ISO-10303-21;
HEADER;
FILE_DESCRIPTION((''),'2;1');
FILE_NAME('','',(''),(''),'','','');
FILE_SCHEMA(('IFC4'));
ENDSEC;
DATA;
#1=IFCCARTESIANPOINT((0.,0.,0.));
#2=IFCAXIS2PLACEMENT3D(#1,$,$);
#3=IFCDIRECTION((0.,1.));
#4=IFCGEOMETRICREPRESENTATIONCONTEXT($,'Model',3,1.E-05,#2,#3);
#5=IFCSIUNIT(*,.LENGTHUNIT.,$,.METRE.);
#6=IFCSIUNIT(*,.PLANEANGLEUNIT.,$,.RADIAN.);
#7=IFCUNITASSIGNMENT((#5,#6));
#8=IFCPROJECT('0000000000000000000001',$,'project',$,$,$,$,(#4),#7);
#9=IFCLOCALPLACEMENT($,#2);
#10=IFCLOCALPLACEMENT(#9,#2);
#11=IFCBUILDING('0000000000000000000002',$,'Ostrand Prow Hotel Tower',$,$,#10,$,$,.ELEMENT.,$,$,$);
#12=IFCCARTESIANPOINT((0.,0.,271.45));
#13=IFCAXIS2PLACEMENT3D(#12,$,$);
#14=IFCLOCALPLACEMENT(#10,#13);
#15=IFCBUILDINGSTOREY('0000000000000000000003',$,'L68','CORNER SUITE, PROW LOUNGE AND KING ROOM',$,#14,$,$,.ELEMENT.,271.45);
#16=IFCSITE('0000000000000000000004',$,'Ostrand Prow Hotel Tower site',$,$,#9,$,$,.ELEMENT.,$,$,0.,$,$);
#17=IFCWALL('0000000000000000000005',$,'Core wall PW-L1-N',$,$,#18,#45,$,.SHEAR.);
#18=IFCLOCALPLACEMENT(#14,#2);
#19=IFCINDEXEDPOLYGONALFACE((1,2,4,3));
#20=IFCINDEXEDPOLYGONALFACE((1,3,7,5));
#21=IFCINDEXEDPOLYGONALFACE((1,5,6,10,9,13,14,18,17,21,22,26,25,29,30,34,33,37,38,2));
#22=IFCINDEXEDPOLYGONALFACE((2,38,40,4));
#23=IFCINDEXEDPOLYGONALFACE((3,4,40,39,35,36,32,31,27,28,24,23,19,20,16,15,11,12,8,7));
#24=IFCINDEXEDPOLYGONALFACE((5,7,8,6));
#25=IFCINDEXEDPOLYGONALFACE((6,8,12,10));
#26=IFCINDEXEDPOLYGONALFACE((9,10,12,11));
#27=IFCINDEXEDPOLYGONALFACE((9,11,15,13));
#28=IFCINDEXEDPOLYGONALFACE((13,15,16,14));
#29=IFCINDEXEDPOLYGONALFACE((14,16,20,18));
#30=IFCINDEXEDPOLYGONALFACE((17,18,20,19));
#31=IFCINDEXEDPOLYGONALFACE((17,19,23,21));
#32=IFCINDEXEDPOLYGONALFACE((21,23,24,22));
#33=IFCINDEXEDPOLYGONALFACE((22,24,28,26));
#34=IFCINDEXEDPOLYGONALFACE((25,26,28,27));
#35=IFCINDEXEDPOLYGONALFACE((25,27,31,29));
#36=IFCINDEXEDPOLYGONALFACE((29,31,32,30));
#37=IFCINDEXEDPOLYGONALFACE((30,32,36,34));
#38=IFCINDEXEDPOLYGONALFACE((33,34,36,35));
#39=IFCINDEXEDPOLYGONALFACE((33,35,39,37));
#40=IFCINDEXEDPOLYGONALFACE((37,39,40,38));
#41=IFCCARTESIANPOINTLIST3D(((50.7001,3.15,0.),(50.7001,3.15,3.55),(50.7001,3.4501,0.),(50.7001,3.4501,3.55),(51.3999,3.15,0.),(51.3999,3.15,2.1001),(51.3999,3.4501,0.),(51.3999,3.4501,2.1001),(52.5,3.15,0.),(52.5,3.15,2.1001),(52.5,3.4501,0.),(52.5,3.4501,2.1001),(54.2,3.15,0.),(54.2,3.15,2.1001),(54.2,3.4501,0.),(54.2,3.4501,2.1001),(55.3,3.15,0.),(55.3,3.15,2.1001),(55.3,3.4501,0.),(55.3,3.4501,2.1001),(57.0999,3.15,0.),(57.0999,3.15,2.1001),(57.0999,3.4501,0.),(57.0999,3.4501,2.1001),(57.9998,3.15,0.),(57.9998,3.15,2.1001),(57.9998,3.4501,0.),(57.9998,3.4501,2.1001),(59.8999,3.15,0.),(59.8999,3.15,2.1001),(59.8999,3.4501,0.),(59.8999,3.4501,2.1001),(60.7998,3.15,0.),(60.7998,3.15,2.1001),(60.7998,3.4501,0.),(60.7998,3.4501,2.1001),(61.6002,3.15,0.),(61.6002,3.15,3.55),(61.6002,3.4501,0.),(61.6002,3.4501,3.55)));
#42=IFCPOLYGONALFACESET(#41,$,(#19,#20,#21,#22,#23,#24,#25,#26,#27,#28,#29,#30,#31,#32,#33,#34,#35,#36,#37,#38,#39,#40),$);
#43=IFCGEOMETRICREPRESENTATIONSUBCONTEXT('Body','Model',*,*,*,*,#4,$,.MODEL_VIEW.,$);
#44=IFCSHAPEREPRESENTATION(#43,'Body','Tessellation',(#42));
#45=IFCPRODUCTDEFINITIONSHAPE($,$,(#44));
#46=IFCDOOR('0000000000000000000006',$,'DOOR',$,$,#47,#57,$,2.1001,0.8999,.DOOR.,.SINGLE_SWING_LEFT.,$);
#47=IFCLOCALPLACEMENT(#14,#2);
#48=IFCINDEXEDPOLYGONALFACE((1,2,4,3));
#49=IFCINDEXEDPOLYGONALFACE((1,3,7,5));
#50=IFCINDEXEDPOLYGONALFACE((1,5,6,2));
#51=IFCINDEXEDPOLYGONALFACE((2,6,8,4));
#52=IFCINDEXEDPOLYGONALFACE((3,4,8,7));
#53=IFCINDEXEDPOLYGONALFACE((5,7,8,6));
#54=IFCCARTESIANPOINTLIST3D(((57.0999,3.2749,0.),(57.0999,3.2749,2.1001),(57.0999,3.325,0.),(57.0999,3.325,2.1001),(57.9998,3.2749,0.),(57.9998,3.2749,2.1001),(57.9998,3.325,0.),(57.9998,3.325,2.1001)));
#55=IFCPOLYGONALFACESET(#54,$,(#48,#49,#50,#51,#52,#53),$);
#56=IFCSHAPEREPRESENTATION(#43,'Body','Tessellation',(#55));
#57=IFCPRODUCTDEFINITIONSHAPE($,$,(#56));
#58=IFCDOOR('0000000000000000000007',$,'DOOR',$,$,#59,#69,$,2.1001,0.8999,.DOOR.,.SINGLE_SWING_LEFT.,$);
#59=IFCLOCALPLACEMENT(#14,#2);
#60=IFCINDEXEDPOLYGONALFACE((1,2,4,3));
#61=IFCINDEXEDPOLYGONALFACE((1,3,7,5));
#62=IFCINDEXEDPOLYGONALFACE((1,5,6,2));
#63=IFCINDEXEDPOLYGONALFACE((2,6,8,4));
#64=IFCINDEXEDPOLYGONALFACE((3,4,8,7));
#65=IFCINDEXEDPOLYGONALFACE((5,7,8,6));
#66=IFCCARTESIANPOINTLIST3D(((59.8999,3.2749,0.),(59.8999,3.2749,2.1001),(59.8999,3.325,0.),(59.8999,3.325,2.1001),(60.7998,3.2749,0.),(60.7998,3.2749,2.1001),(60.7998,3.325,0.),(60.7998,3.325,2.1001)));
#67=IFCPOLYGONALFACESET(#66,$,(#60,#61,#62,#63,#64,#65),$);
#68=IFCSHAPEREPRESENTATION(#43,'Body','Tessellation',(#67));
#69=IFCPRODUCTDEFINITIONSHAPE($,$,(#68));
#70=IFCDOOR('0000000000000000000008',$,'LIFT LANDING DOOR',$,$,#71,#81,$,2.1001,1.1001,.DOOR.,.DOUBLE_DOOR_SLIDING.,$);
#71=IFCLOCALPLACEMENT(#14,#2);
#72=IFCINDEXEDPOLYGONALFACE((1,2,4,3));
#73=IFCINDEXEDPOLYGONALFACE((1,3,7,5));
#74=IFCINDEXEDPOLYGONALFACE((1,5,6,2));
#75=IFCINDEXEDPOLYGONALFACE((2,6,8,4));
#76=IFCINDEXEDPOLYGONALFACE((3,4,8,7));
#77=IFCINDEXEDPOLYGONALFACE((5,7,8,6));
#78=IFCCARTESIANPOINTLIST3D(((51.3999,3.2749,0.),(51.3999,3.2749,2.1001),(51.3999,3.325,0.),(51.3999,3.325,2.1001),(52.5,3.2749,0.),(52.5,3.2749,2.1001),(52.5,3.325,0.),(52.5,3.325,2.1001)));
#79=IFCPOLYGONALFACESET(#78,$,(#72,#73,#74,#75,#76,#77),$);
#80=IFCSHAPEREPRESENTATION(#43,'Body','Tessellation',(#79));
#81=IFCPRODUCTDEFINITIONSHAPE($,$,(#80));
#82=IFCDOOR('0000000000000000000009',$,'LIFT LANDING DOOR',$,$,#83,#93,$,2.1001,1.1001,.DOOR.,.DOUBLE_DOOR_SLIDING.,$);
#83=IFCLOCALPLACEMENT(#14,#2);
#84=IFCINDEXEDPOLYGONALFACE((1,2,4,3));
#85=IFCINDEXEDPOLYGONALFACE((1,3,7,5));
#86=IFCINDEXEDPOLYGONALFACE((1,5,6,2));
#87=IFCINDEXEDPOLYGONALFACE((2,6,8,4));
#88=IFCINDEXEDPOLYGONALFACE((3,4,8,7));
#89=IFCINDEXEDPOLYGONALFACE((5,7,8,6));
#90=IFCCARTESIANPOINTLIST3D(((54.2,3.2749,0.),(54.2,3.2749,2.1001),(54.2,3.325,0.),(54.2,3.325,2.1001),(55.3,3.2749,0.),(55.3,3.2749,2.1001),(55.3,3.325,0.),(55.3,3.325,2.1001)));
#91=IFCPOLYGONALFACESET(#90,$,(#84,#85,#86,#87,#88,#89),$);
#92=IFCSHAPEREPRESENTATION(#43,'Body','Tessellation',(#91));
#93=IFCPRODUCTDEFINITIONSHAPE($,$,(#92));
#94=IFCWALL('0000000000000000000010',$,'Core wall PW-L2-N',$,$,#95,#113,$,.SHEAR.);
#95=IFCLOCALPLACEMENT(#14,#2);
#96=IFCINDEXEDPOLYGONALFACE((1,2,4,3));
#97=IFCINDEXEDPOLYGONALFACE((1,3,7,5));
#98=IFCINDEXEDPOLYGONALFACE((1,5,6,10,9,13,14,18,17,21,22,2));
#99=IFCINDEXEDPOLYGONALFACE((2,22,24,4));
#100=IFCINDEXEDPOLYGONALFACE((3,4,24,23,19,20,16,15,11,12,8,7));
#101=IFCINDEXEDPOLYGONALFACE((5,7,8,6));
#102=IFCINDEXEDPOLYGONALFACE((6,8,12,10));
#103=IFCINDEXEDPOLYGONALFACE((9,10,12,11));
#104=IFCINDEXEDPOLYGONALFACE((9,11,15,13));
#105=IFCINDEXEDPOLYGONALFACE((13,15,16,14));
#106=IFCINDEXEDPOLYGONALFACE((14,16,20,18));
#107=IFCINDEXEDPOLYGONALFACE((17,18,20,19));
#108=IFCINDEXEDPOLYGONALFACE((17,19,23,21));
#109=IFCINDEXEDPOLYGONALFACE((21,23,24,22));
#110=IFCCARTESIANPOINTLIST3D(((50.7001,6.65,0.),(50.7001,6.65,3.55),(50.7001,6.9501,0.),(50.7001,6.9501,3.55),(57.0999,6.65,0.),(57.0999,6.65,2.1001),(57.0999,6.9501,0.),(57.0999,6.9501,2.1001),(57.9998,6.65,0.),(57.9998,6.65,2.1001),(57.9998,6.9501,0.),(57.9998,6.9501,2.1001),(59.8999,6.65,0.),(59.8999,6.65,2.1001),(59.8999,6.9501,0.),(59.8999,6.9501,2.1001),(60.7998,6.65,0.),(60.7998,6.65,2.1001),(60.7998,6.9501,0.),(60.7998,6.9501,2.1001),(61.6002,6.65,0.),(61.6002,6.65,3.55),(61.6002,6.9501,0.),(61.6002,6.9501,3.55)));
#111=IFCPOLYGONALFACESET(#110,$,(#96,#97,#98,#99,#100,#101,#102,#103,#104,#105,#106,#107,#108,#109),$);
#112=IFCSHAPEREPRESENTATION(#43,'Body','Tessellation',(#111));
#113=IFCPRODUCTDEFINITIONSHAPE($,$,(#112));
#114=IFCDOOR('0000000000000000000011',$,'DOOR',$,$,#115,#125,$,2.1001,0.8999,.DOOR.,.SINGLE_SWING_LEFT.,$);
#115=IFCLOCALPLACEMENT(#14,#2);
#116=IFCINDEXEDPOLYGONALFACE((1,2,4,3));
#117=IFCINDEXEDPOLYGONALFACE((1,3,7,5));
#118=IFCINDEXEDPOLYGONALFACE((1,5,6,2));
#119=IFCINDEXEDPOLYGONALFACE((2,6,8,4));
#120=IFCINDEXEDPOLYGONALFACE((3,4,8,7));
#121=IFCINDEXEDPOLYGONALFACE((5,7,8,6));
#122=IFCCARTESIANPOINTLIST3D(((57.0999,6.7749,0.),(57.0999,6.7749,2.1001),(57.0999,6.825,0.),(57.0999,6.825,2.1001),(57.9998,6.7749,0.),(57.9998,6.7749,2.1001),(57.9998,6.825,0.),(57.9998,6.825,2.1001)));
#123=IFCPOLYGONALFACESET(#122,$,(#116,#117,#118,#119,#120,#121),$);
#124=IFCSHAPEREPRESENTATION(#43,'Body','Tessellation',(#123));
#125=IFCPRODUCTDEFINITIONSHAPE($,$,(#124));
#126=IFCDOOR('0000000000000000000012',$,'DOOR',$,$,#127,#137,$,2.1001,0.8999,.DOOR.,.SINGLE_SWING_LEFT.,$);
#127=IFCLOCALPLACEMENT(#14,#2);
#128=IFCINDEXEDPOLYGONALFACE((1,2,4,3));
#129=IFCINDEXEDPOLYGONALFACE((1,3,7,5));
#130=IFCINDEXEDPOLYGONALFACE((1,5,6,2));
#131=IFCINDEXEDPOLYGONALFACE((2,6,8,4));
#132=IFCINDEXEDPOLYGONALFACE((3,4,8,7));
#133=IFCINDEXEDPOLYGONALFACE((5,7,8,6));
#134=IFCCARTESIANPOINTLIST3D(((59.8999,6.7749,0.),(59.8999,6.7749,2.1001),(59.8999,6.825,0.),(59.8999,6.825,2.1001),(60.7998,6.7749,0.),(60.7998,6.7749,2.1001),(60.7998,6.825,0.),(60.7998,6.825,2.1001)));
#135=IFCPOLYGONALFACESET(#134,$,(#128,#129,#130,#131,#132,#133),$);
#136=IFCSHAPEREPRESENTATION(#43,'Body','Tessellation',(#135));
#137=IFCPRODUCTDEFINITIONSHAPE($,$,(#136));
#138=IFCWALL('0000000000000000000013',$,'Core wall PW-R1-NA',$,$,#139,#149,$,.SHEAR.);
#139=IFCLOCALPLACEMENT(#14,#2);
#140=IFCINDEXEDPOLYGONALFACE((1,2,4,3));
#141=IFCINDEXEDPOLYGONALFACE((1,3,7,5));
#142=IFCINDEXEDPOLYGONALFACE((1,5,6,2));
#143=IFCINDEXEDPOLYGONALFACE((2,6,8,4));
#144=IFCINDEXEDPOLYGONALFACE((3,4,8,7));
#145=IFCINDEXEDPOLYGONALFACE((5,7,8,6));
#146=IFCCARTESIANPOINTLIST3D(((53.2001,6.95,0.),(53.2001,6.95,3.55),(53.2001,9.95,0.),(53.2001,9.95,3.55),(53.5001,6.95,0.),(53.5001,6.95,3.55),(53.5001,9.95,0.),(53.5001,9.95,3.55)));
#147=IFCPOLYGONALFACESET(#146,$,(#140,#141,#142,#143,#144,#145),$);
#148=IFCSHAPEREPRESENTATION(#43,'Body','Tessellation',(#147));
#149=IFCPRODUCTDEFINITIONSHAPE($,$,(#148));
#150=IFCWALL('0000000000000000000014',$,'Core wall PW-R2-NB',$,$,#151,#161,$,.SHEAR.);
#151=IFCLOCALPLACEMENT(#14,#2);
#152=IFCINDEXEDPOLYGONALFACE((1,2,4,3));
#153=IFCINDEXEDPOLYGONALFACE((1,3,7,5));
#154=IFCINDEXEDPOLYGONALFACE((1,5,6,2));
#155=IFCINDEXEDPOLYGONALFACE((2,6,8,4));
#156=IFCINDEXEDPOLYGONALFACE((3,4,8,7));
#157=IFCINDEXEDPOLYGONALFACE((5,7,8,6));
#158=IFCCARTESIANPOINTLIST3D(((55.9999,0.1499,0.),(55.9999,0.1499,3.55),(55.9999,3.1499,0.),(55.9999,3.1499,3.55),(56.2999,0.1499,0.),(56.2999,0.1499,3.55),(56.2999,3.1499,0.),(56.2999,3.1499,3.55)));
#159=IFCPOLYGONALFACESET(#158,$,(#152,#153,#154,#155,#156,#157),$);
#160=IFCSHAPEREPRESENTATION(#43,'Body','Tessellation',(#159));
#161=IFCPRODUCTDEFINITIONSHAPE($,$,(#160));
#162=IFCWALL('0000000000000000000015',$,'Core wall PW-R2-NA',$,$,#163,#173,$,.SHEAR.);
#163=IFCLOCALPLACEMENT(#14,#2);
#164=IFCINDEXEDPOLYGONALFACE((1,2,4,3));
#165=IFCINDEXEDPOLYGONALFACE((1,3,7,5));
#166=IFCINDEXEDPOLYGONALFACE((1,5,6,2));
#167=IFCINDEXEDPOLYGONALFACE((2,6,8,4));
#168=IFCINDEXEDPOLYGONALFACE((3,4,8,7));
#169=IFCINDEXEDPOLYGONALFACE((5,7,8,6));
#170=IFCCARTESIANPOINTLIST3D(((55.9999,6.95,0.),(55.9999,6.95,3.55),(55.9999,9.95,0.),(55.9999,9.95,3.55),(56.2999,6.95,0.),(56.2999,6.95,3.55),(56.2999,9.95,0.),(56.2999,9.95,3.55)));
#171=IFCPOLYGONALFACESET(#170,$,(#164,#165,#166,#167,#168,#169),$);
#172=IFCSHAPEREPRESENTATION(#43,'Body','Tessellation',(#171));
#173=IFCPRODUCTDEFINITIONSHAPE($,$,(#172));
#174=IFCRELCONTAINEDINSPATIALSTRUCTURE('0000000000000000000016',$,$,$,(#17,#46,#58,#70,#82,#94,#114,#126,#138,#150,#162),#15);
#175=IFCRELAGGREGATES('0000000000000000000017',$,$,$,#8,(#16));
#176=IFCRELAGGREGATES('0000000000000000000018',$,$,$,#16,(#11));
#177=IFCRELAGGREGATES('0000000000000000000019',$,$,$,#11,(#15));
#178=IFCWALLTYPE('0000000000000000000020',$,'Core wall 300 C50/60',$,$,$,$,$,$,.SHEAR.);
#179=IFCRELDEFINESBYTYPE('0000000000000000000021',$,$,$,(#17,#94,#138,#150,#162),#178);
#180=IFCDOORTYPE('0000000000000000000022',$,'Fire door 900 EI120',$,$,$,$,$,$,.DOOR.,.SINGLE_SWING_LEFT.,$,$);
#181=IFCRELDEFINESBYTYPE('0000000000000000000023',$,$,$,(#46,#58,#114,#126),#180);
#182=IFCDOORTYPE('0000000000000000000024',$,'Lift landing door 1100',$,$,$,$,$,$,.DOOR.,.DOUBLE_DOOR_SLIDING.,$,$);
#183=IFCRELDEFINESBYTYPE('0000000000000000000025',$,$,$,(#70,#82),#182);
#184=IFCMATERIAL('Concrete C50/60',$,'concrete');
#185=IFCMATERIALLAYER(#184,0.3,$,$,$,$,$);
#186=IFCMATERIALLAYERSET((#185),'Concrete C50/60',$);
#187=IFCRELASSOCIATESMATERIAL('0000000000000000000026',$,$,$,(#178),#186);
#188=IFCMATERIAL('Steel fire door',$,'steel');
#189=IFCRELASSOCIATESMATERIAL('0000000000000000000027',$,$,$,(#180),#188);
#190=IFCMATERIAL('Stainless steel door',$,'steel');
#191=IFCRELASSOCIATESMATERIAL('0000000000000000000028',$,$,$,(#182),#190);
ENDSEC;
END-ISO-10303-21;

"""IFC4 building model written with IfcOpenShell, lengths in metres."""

from ifc_helpers import new_model, si_unit, direction, frame, frame_2d, origin, place, context, subcontext, project, spatial, rectangle, extrude, material, layer, layer_set, type_object, element, fill, save


model = new_model("IFC4")

# Units and contexts
model_context = context("Model", 3, precision=1e-05, world=origin(), true_north=direction((0.0, 1.0)))
body_context = subcontext(model_context, "Body", "Model", "MODEL_VIEW")
ifc_project = project(units=[si_unit("LENGTHUNIT", "METRE"), si_unit("PLANEANGLEUNIT", "RADIAN")], contexts=[model_context])

# Site, building, storey
site_placement = place(None, origin())
site = spatial("IfcSite", under=ifc_project, at=site_placement, Name="Ostrand Prow Hotel Tower site", CompositionType="ELEMENT", RefElevation=0.0)
building_placement = place(site_placement, origin())
building = spatial("IfcBuilding", under=site, at=building_placement, Name="Ostrand Prow Hotel Tower", CompositionType="ELEMENT")
storey_placement = place(building_placement, frame((0.0, 0.0, 271.45)))
storey = spatial("IfcBuildingStorey", under=building, at=storey_placement, Name="L68", Description="CORNER SUITE, PROW LOUNGE AND KING ROOM", CompositionType="ELEMENT", Elevation=271.45)

# Walls, openings, doors
ifc_material_1 = material(Name="Concrete C50/60", Category="concrete")
ifc_layer_1 = layer(ifc_material_1, 0.3)
ifc_layer_set_1 = layer_set([ifc_layer_1], Name="Concrete C50/60")
wall_type_1 = type_object("IfcWallType", Name="Core wall 300 C50/60", PredefinedType="SHEAR", material=ifc_layer_set_1)
wall_1_placement = place(storey_placement, frame((50.7, 3.3, 0.0), z_axis=(0.0, 0.0, 1.0), x_axis=(1.0, 0.0, 0.0)))
wall_1 = element("IfcWall", 1, at=wall_1_placement, inside=storey, type_object=wall_type_1, Name="Core wall PW-L1-N", PredefinedType="SHEAR", context=body_context, shape_type="SweptSolid", body=[
    extrude(rectangle(XDim=10.9001, YDim=0.3, at=frame_2d((5.4502, 0.0))), origin(), (0.0, 0.0, 1.0), 3.55),
])
opening_1_placement = place(wall_1_placement, frame((0.7, 0.0, 0.0)))
opening_1 = element("IfcOpeningElement", 2, at=opening_1_placement, cuts=wall_1, PredefinedType="OPENING", context=body_context, shape_type="SweptSolid", body=[
    extrude(rectangle(XDim=1.1001, YDim=2.1001, at=frame_2d((0.55, 1.05))), frame((0.0, 0.1599, 0.0), z_axis=(0.0, -1.0, 0.0), x_axis=(1.0, 0.0, 0.0)), (0.0, 0.0, 1.0), 0.3201),
])
opening_2_placement = place(wall_1_placement, frame((3.5, 0.0, 0.0)))
opening_2 = element("IfcOpeningElement", 3, at=opening_2_placement, cuts=wall_1, PredefinedType="OPENING", context=body_context, shape_type="SweptSolid", body=[
    extrude(rectangle(XDim=1.1001, YDim=2.1001, at=frame_2d((0.55, 1.05))), frame((0.0, 0.1599, 0.0), z_axis=(0.0, -1.0, 0.0), x_axis=(1.0, 0.0, 0.0)), (0.0, 0.0, 1.0), 0.3201),
])
opening_3_placement = place(wall_1_placement, frame((6.3999, 0.0, 0.0)))
opening_3 = element("IfcOpeningElement", 4, at=opening_3_placement, cuts=wall_1, PredefinedType="OPENING", context=body_context, shape_type="SweptSolid", body=[
    extrude(rectangle(XDim=0.8999, YDim=2.1001, at=frame_2d((0.45, 1.05))), frame((0.0, 0.1599, 0.0), z_axis=(0.0, -1.0, 0.0), x_axis=(1.0, 0.0, 0.0)), (0.0, 0.0, 1.0), 0.3201),
])
opening_4_placement = place(wall_1_placement, frame((9.2, 0.0, 0.0)))
opening_4 = element("IfcOpeningElement", 5, at=opening_4_placement, cuts=wall_1, PredefinedType="OPENING", context=body_context, shape_type="SweptSolid", body=[
    extrude(rectangle(XDim=0.8999, YDim=2.1001, at=frame_2d((0.45, 1.05))), frame((0.0, 0.1599, 0.0), z_axis=(0.0, -1.0, 0.0), x_axis=(1.0, 0.0, 0.0)), (0.0, 0.0, 1.0), 0.3201),
])
ifc_material_2 = material(Name="Steel fire door", Category="steel")
door_type_1 = type_object("IfcDoorType", Name="Fire door 900 EI120", OperationType="SINGLE_SWING_LEFT", PredefinedType="DOOR", material=ifc_material_2)
door_1_placement = place(opening_3_placement, origin())
door_1 = element("IfcDoor", 6, at=door_1_placement, inside=storey, type_object=door_type_1, Name="DOOR", OperationType="SINGLE_SWING_LEFT", OverallHeight=2.1001, OverallWidth=0.8999, PredefinedType="DOOR", context=body_context, shape_type="SweptSolid", body=[
    extrude(rectangle(XDim=0.8999, YDim=2.1001, at=frame_2d((0.45, 1.05))), frame((0.0, 0.0249, 0.0), z_axis=(0.0, -1.0, 0.0), x_axis=(1.0, 0.0, 0.0)), (0.0, 0.0, 1.0), 0.05),
])
fill(opening_3, door_1)
door_2_placement = place(opening_4_placement, origin())
door_2 = element("IfcDoor", 7, at=door_2_placement, inside=storey, type_object=door_type_1, Name="DOOR", OperationType="SINGLE_SWING_LEFT", OverallHeight=2.1001, OverallWidth=0.8999, PredefinedType="DOOR", context=body_context, shape_type="SweptSolid", body=[
    extrude(rectangle(XDim=0.8999, YDim=2.1001, at=frame_2d((0.45, 1.05))), frame((0.0, 0.0249, 0.0), z_axis=(0.0, -1.0, 0.0), x_axis=(1.0, 0.0, 0.0)), (0.0, 0.0, 1.0), 0.05),
])
fill(opening_4, door_2)
ifc_material_3 = material(Name="Stainless steel door", Category="steel")
door_type_2 = type_object("IfcDoorType", Name="Lift landing door 1100", OperationType="DOUBLE_DOOR_SLIDING", PredefinedType="DOOR", material=ifc_material_3)
door_3_placement = place(opening_1_placement, origin())
door_3 = element("IfcDoor", 8, at=door_3_placement, inside=storey, type_object=door_type_2, Name="LIFT LANDING DOOR", OperationType="DOUBLE_DOOR_SLIDING", OverallHeight=2.1001, OverallWidth=1.1001, PredefinedType="DOOR", context=body_context, shape_type="SweptSolid", body=[
    extrude(rectangle(XDim=1.1001, YDim=2.1001, at=frame_2d((0.55, 1.05))), frame((0.0, 0.0249, 0.0), z_axis=(0.0, -1.0, 0.0), x_axis=(1.0, 0.0, 0.0)), (0.0, 0.0, 1.0), 0.05),
])
fill(opening_1, door_3)
door_4_placement = place(opening_2_placement, origin())
door_4 = element("IfcDoor", 9, at=door_4_placement, inside=storey, type_object=door_type_2, Name="LIFT LANDING DOOR", OperationType="DOUBLE_DOOR_SLIDING", OverallHeight=2.1001, OverallWidth=1.1001, PredefinedType="DOOR", context=body_context, shape_type="SweptSolid", body=[
    extrude(rectangle(XDim=1.1001, YDim=2.1001, at=frame_2d((0.55, 1.05))), frame((0.0, 0.0249, 0.0), z_axis=(0.0, -1.0, 0.0), x_axis=(1.0, 0.0, 0.0)), (0.0, 0.0, 1.0), 0.05),
])
fill(opening_2, door_4)
wall_2_placement = place(storey_placement, frame((50.7, 6.8, 0.0), z_axis=(0.0, 0.0, 1.0), x_axis=(1.0, 0.0, 0.0)))
wall_2 = element("IfcWall", 10, at=wall_2_placement, inside=storey, type_object=wall_type_1, Name="Core wall PW-L2-N", PredefinedType="SHEAR", context=body_context, shape_type="SweptSolid", body=[
    extrude(rectangle(XDim=10.9001, YDim=0.3, at=frame_2d((5.4502, 0.0))), origin(), (0.0, 0.0, 1.0), 3.55),
])
opening_5_placement = place(wall_2_placement, frame((6.3999, 0.0, 0.0)))
opening_5 = element("IfcOpeningElement", 11, at=opening_5_placement, cuts=wall_2, PredefinedType="OPENING", context=body_context, shape_type="SweptSolid", body=[
    extrude(rectangle(XDim=0.8999, YDim=2.1001, at=frame_2d((0.45, 1.05))), frame((0.0, 0.1599, 0.0), z_axis=(0.0, -1.0, 0.0), x_axis=(1.0, 0.0, 0.0)), (0.0, 0.0, 1.0), 0.3201),
])
opening_6_placement = place(wall_2_placement, frame((9.2, 0.0, 0.0)))
opening_6 = element("IfcOpeningElement", 12, at=opening_6_placement, cuts=wall_2, PredefinedType="OPENING", context=body_context, shape_type="SweptSolid", body=[
    extrude(rectangle(XDim=0.8999, YDim=2.1001, at=frame_2d((0.45, 1.05))), frame((0.0, 0.1599, 0.0), z_axis=(0.0, -1.0, 0.0), x_axis=(1.0, 0.0, 0.0)), (0.0, 0.0, 1.0), 0.3201),
])
door_5_placement = place(opening_5_placement, origin())
door_5 = element("IfcDoor", 13, at=door_5_placement, inside=storey, type_object=door_type_1, Name="DOOR", OperationType="SINGLE_SWING_LEFT", OverallHeight=2.1001, OverallWidth=0.8999, PredefinedType="DOOR", context=body_context, shape_type="SweptSolid", body=[
    extrude(rectangle(XDim=0.8999, YDim=2.1001, at=frame_2d((0.45, 1.05))), frame((0.0, 0.0249, 0.0), z_axis=(0.0, -1.0, 0.0), x_axis=(1.0, 0.0, 0.0)), (0.0, 0.0, 1.0), 0.05),
])
fill(opening_5, door_5)
door_6_placement = place(opening_6_placement, origin())
door_6 = element("IfcDoor", 14, at=door_6_placement, inside=storey, type_object=door_type_1, Name="DOOR", OperationType="SINGLE_SWING_LEFT", OverallHeight=2.1001, OverallWidth=0.8999, PredefinedType="DOOR", context=body_context, shape_type="SweptSolid", body=[
    extrude(rectangle(XDim=0.8999, YDim=2.1001, at=frame_2d((0.45, 1.05))), frame((0.0, 0.0249, 0.0), z_axis=(0.0, -1.0, 0.0), x_axis=(1.0, 0.0, 0.0)), (0.0, 0.0, 1.0), 0.05),
])
fill(opening_6, door_6)

# Walls
for number, where, z_axis, x_axis, name in (
    (15, (53.3501, 6.95, 0.0), (0.0, 0.0, 1.0), (0.0, 1.0, 0.0), "Core wall PW-R1-NA"),
    (16, (56.1499, 0.1499, 0.0), (0.0, 0.0, 1.0), (0.0, 1.0, 0.0), "Core wall PW-R2-NB"),
    (17, (56.1499, 6.95, 0.0), (0.0, 0.0, 1.0), (0.0, 1.0, 0.0), "Core wall PW-R2-NA"),
):
    element("IfcWall", number, at=place(storey_placement, frame(where, z_axis=z_axis, x_axis=x_axis)), inside=storey, type_object=wall_type_1, Name=name, PredefinedType="SHEAR", context=body_context, shape_type="SweptSolid", body=[
        extrude(rectangle(XDim=3.0, YDim=0.3, at=frame_2d((1.5, 0.0))), origin(), (0.0, 0.0, 1.0), 3.55),
    ])

save(model, "model.ifc")
